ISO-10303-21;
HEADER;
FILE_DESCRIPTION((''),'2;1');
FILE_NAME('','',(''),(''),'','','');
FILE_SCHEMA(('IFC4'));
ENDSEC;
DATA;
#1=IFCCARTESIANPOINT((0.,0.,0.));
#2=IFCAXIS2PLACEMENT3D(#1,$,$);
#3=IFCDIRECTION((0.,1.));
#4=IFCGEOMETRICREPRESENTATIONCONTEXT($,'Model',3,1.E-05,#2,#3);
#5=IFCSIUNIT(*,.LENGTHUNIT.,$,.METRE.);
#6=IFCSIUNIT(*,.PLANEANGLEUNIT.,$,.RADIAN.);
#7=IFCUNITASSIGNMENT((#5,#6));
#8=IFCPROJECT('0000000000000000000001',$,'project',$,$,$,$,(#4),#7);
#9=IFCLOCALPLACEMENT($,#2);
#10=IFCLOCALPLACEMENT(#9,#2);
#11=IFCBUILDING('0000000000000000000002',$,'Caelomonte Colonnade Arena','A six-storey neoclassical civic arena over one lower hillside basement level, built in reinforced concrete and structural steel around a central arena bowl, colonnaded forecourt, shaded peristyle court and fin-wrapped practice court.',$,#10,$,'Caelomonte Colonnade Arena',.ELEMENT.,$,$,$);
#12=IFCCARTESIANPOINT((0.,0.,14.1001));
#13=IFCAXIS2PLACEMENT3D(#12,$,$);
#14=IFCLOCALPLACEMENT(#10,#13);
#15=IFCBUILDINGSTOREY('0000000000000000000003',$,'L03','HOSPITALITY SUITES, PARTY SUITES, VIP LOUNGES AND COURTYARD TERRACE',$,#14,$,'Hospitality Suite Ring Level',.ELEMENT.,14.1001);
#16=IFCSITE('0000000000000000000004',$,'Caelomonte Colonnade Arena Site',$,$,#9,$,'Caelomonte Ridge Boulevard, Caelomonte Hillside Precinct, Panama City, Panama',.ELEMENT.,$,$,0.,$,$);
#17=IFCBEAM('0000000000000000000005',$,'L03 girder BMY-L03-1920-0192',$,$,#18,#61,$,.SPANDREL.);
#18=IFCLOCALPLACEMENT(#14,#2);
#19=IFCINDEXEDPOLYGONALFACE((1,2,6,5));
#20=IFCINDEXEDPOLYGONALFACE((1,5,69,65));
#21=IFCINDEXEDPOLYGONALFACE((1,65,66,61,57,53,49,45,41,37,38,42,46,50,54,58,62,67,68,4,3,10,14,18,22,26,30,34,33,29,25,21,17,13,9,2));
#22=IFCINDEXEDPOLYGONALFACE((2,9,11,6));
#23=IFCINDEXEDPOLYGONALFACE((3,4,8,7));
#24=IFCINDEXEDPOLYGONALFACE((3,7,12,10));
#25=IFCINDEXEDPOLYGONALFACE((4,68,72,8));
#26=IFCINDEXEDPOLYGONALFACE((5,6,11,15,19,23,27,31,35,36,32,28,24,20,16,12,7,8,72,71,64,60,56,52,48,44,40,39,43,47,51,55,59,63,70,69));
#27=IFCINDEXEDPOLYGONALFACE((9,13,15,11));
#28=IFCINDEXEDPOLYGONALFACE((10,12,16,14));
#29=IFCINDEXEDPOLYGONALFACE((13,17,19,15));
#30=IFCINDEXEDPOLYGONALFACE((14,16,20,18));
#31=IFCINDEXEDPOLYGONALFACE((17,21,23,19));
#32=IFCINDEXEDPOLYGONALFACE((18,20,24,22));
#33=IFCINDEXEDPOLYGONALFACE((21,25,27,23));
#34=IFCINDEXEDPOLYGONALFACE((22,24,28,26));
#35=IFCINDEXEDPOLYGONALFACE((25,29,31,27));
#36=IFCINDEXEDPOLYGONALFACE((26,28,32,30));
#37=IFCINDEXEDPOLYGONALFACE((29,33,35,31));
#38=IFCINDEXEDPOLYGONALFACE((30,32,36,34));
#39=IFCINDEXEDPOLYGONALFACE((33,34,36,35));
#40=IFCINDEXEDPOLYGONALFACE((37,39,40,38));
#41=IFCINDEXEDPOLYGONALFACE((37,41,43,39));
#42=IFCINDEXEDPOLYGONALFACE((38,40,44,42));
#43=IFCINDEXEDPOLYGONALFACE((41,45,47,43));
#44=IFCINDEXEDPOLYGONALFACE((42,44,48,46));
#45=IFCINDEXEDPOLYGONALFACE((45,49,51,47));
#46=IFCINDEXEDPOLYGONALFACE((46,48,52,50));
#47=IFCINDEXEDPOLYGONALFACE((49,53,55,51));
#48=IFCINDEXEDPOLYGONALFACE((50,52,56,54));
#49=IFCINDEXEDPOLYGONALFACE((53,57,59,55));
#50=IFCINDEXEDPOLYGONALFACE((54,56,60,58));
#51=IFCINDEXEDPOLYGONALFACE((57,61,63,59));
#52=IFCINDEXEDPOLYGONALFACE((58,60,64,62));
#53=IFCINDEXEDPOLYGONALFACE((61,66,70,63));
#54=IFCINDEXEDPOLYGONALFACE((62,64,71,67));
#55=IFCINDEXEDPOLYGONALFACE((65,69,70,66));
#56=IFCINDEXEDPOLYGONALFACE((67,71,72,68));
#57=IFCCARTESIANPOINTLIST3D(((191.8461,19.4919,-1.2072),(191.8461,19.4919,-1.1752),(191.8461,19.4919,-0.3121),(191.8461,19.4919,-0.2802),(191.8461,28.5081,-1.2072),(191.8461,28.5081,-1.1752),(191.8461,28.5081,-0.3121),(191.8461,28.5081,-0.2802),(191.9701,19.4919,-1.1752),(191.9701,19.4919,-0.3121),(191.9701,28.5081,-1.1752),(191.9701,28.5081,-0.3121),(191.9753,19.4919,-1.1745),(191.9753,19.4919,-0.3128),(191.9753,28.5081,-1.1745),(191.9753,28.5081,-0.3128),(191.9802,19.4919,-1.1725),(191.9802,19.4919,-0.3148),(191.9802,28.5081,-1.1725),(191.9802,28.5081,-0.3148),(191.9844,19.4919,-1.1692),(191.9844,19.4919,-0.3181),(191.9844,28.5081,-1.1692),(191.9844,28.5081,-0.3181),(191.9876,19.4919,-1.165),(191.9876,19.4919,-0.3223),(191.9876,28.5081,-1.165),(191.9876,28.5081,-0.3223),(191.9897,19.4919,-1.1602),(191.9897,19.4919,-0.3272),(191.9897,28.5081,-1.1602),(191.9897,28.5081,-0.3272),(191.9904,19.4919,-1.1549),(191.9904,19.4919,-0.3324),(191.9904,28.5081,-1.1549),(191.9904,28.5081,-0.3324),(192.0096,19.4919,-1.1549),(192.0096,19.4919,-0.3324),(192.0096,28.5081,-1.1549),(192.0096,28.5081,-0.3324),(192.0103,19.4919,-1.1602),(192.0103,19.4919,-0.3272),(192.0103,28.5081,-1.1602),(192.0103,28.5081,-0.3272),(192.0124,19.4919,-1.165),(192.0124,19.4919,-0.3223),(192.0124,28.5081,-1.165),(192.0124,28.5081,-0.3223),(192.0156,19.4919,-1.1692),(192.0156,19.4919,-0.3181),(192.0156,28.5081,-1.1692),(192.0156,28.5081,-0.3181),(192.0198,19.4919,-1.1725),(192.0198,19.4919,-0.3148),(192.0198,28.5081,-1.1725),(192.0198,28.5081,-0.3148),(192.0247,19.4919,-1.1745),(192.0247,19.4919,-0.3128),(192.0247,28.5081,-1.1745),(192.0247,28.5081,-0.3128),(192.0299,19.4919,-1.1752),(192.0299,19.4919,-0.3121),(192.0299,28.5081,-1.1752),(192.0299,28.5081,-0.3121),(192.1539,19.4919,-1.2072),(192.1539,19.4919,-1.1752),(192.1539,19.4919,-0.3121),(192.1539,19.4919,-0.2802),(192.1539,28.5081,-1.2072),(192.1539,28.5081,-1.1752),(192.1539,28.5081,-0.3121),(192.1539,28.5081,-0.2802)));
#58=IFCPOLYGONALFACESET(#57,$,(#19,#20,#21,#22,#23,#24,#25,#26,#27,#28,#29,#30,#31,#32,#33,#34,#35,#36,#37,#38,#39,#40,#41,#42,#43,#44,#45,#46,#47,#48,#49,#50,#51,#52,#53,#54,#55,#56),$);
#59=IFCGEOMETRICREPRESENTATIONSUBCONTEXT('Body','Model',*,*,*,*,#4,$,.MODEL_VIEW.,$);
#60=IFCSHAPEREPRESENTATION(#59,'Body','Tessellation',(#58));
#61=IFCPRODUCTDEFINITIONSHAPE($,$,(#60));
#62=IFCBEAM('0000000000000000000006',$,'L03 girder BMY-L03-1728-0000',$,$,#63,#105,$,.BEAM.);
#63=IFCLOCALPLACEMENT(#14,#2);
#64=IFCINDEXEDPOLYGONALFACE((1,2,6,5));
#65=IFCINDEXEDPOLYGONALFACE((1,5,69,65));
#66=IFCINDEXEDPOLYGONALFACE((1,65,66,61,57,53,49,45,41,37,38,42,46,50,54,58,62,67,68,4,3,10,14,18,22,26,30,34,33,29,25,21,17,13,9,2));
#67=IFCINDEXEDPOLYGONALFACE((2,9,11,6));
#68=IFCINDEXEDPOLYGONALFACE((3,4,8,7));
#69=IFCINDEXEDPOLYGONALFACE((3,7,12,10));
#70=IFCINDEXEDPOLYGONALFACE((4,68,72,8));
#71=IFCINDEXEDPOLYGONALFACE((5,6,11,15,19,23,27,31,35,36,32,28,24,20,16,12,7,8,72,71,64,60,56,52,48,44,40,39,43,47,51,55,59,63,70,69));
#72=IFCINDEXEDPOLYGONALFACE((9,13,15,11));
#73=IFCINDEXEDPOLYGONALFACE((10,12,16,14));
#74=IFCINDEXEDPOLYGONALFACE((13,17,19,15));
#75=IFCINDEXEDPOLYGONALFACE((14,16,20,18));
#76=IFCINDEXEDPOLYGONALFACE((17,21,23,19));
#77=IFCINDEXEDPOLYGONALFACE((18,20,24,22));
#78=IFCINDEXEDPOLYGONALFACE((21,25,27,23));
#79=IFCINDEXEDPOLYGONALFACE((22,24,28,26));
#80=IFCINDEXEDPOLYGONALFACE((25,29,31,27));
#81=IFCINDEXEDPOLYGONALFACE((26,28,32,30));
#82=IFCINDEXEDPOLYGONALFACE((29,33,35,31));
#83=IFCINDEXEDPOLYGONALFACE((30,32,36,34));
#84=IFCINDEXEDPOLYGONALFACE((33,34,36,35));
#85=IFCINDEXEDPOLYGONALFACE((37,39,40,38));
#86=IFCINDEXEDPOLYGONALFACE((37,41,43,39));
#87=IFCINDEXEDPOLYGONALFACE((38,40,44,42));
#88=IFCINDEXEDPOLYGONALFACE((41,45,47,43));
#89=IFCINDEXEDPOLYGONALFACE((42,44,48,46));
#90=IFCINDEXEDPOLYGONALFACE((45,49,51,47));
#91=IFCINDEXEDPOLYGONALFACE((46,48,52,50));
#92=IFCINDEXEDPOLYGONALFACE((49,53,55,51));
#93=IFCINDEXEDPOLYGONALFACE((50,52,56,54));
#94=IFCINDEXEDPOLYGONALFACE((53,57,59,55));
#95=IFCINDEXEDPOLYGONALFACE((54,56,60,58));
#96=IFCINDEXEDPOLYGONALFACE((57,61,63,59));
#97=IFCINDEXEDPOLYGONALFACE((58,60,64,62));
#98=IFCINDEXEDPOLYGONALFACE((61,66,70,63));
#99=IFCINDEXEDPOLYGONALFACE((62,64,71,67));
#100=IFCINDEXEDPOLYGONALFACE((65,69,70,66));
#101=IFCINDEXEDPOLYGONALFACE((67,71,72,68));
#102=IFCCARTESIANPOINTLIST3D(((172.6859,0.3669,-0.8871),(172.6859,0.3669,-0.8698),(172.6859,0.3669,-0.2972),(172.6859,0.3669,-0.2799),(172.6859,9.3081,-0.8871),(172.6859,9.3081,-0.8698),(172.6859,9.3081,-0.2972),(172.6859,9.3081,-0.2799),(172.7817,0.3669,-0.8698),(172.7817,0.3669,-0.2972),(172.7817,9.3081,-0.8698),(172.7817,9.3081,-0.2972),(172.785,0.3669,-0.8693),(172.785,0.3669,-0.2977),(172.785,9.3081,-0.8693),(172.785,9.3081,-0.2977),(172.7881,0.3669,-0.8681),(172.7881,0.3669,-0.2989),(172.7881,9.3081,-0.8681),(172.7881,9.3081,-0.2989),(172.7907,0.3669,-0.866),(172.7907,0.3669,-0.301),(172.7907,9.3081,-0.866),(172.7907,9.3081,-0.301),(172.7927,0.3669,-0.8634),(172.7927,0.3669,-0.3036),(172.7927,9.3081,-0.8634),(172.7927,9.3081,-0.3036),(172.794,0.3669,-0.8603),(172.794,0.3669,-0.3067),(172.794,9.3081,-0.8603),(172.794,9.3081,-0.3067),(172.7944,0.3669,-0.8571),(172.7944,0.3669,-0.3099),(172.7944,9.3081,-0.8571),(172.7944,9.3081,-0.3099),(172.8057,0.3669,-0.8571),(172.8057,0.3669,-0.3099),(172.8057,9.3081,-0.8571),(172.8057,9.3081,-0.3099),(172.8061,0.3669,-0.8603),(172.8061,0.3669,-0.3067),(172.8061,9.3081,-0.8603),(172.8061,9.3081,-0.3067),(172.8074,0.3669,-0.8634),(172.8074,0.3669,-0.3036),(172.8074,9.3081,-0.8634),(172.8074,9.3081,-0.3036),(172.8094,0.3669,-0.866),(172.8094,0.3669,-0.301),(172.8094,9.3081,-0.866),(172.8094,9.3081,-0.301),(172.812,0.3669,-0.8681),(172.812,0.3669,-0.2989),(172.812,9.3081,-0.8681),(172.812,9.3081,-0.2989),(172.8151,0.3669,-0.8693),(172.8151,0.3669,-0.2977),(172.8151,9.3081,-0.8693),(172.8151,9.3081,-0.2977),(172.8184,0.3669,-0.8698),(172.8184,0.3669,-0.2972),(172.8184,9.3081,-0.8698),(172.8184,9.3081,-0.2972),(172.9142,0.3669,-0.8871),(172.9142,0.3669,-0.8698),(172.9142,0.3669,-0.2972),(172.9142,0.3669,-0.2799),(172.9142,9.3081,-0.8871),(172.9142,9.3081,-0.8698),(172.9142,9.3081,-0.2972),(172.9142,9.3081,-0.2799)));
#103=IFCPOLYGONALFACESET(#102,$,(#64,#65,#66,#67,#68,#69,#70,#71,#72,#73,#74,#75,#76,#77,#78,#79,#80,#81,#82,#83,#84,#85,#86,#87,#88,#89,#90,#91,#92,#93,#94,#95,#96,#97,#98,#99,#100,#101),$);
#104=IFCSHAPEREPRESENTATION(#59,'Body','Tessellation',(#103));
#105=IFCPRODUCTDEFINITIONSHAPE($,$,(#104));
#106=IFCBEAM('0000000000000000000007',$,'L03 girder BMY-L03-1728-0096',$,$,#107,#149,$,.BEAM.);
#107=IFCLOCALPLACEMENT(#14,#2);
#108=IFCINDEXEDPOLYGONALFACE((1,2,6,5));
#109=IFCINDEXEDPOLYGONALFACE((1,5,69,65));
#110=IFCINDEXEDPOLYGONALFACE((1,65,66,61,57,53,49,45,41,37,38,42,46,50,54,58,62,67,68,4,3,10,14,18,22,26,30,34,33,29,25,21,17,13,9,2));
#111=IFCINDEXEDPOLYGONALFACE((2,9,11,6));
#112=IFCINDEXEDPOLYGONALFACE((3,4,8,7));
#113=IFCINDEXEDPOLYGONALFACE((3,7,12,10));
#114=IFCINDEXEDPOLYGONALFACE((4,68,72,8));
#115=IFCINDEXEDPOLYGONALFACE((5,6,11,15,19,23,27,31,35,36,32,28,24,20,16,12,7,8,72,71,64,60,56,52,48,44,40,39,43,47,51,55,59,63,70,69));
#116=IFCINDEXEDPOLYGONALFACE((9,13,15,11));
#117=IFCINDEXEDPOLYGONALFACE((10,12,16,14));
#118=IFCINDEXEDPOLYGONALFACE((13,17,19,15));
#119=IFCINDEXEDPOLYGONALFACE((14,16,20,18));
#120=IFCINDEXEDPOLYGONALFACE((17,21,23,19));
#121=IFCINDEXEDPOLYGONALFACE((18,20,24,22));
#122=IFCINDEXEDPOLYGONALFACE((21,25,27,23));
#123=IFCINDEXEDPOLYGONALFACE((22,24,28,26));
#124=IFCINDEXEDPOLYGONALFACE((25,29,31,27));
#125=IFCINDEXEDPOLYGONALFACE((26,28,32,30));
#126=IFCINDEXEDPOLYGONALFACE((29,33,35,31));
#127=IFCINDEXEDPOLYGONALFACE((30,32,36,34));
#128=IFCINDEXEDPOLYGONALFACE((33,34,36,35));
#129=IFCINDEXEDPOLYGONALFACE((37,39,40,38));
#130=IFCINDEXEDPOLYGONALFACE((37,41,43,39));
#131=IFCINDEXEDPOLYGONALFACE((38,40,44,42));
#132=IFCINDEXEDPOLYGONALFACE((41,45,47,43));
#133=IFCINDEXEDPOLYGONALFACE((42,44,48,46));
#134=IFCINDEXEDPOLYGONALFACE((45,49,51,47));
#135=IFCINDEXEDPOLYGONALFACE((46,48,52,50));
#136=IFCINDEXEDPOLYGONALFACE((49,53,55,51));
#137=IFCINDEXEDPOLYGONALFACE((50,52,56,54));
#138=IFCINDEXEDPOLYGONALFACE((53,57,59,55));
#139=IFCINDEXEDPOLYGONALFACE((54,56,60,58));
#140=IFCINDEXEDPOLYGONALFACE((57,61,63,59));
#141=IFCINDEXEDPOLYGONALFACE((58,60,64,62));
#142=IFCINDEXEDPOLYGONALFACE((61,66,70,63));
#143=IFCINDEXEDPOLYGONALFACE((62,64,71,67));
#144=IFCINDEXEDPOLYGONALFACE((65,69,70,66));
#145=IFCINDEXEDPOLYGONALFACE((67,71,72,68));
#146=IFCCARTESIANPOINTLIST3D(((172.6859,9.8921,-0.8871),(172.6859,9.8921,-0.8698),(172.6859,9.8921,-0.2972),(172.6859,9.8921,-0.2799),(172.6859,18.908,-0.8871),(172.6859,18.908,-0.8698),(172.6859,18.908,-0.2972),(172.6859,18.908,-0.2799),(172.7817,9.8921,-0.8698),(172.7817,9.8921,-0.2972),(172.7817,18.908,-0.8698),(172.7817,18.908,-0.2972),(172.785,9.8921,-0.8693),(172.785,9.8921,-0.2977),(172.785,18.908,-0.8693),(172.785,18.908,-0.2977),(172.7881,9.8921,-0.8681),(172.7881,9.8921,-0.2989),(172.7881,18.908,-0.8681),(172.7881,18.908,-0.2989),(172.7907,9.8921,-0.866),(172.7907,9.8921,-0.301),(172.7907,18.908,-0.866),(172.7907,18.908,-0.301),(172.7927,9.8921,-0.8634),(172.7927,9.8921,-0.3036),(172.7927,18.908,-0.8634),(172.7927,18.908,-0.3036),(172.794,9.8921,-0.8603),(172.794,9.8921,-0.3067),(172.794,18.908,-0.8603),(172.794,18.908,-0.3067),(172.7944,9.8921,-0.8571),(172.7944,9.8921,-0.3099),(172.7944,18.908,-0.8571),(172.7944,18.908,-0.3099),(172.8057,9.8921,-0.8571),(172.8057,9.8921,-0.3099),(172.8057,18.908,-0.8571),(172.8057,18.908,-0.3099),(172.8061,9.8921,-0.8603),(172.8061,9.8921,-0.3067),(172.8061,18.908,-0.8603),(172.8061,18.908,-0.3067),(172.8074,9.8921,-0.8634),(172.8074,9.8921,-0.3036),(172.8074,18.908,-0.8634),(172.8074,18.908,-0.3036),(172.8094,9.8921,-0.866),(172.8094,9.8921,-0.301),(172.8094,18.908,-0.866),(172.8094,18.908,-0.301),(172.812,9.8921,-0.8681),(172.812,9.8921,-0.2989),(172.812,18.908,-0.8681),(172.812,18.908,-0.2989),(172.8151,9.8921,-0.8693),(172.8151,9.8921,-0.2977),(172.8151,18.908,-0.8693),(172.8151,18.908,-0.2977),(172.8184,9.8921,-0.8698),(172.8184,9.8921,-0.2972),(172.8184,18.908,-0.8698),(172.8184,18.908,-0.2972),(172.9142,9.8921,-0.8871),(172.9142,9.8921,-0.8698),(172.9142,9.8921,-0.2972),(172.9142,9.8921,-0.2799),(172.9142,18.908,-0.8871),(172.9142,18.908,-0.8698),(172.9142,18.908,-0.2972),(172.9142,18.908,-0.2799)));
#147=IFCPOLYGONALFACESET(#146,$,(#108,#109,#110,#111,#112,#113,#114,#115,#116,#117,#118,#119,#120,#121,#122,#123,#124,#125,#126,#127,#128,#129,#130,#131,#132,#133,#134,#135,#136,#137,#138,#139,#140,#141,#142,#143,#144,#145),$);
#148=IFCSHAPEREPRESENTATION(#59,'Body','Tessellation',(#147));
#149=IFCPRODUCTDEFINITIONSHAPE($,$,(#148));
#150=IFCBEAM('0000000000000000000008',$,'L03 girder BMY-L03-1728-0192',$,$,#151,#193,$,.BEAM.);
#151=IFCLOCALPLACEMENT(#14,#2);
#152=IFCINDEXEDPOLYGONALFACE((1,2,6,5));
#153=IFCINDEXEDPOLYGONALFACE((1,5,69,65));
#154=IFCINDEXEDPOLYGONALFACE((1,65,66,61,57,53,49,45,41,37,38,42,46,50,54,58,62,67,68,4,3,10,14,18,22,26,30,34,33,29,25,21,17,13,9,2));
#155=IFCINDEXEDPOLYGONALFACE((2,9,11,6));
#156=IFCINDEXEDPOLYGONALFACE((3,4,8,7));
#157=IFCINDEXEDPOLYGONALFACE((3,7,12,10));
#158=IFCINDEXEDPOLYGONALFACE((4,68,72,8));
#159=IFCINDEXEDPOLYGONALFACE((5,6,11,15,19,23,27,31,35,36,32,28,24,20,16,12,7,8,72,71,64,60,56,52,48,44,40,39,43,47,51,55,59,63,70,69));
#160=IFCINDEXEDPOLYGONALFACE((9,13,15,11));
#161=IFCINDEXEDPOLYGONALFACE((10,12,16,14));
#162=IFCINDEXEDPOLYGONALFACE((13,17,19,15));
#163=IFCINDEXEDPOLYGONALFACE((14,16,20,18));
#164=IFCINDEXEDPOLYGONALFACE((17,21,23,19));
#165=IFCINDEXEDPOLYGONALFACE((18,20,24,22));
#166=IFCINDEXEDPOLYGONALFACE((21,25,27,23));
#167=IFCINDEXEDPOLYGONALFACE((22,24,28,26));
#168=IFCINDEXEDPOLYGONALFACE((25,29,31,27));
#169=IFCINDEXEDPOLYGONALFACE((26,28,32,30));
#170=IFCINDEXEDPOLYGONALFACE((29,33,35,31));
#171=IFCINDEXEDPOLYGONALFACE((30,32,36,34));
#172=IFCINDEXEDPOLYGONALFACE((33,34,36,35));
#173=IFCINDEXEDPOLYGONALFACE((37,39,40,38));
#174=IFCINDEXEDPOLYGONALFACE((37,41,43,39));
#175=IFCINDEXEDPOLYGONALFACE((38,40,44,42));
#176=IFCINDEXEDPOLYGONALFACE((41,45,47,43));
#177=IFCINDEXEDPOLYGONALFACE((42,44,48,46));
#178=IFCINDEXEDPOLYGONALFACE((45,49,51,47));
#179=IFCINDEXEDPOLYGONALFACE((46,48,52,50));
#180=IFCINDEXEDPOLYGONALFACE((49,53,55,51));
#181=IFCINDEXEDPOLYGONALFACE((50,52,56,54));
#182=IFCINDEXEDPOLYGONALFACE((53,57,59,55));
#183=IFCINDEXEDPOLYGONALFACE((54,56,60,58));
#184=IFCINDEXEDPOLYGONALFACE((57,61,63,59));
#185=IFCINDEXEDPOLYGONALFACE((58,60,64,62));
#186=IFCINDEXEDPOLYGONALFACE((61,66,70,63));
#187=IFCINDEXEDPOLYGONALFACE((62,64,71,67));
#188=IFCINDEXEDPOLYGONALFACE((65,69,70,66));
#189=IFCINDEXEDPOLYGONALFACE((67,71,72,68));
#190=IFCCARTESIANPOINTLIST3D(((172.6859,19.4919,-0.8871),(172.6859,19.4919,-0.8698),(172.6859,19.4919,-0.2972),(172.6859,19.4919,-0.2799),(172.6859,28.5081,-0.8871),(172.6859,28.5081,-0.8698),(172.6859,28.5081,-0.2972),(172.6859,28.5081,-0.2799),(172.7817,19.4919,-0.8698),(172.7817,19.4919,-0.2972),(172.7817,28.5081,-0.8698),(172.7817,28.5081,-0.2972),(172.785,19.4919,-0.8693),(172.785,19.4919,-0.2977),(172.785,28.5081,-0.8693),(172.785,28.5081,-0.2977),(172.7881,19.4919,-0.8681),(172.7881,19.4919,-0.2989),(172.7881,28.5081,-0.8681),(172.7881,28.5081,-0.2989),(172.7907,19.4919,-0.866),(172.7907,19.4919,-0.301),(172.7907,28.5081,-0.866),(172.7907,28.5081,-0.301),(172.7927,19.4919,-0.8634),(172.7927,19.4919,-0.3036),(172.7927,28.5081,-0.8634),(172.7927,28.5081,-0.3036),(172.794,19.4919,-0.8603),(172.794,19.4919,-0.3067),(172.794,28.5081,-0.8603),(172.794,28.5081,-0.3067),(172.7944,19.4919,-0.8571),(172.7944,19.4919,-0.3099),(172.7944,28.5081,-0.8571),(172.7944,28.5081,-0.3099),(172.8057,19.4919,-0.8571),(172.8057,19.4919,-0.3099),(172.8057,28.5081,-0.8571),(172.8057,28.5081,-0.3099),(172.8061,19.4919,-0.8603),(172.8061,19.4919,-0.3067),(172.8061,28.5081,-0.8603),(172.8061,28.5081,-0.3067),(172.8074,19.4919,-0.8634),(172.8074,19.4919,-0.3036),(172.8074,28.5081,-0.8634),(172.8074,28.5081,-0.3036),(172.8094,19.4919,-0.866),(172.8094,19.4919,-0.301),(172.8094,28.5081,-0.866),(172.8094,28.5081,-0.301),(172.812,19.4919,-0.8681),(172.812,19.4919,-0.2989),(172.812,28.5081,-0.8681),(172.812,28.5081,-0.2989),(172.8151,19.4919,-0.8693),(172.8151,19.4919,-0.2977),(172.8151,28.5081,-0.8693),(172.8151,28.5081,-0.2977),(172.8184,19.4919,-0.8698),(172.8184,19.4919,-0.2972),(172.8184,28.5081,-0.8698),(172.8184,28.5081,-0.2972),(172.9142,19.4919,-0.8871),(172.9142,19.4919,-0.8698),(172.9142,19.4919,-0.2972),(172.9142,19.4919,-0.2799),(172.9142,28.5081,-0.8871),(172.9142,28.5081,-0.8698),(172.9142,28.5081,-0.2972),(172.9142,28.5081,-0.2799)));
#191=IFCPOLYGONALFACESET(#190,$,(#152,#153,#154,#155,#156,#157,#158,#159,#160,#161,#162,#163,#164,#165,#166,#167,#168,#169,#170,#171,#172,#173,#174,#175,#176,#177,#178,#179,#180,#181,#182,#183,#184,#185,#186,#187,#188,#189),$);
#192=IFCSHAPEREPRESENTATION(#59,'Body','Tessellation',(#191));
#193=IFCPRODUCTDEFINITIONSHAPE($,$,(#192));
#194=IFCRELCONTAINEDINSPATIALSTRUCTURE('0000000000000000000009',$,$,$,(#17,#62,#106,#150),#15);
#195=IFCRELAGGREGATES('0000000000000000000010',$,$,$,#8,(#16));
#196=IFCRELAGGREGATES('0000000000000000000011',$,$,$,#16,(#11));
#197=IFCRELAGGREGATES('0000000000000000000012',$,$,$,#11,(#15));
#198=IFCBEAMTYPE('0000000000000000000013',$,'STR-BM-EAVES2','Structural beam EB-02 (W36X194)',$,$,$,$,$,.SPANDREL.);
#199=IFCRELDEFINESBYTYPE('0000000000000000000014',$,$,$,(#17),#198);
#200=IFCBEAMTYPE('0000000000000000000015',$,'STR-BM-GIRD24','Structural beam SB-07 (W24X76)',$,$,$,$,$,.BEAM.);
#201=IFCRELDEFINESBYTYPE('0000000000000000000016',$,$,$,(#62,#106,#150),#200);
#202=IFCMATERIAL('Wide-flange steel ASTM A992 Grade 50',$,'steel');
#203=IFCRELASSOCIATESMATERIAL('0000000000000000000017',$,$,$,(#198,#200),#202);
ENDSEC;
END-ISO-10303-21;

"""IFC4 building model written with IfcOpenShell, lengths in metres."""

from ifc_helpers import new_model, si_unit, direction, frame, origin, origin_2d, place, context, subcontext, project, spatial, i_section, extrude, material, material_profile, profile_set, type_object, element, save


model = new_model("IFC4")

# Units and contexts
model_context = context("Model", 3, precision=1e-05, world=origin(), true_north=direction((0.0, 1.0)))
body_context = subcontext(model_context, "Body", "Model", "MODEL_VIEW")
ifc_project = project(units=[si_unit("LENGTHUNIT", "METRE"), si_unit("PLANEANGLEUNIT", "RADIAN")], contexts=[model_context])

# Site, building, storey
site_placement = place(None, origin())
site = spatial("IfcSite", under=ifc_project, at=site_placement, Name="Caelomonte Colonnade Arena Site", LongName="Caelomonte Ridge Boulevard, Caelomonte Hillside Precinct, Panama City, Panama", CompositionType="ELEMENT", RefElevation=0.0)
building_placement = place(site_placement, origin())
building = spatial("IfcBuilding", under=site, at=building_placement, Name="Caelomonte Colonnade Arena", Description="A six-storey neoclassical civic arena over one lower hillside basement level, built in reinforced concrete and structural steel around a central arena bowl, colonnaded forecourt, shaded peristyle court and fin-wrapped practice court.", LongName="Caelomonte Colonnade Arena", CompositionType="ELEMENT")
storey_placement = place(building_placement, frame((0.0, 0.0, 14.1001)))
storey = spatial("IfcBuildingStorey", under=building, at=storey_placement, Name="L03", Description="HOSPITALITY SUITES, PARTY SUITES, VIP LOUNGES AND COURTYARD TERRACE", LongName="Hospitality Suite Ring Level", CompositionType="ELEMENT", Elevation=14.1001)

# Beams
ifc_material_1 = material(Name="Wide-flange steel ASTM A992 Grade 50", Category="steel")
ifc_material_profile_1 = material_profile(ifc_material_1, i_section(OverallWidth=0.3079, OverallDepth=0.927, WebThickness=0.0193, FlangeThickness=0.032, FilletRadius=0.0203, at=origin_2d()), Name="W36X194")
ifc_profile_set_1 = profile_set([ifc_material_profile_1], Name="Wide-flange steel ASTM A992 Grade 50")
beam_type_1 = type_object("IfcBeamType", Name="STR-BM-EAVES2", Description="Structural beam EB-02 (W36X194)", PredefinedType="SPANDREL", material=ifc_profile_set_1)
beam_1_placement = place(storey_placement, frame((192.0, 19.4919, -0.7437), z_axis=(0.0, 1.0, 0.0), x_axis=(-1.0, 0.0, 0.0)))
element("IfcBeam", 1, at=beam_1_placement, inside=storey, type_object=beam_type_1, Name="L03 girder BMY-L03-1920-0192", PredefinedType="SPANDREL", context=body_context, shape_type="SweptSolid", body=[
    extrude(i_section(OverallWidth=0.3079, OverallDepth=0.927, WebThickness=0.0193, FlangeThickness=0.032, FilletRadius=0.0203, at=origin_2d()), origin(), (0.0, 0.0, 1.0), 9.0161),
])
ifc_material_profile_2 = material_profile(ifc_material_1, i_section(OverallWidth=0.2283, OverallDepth=0.6072, WebThickness=0.0112, FlangeThickness=0.0173, FilletRadius=0.0127, at=origin_2d()), Name="W24X76")
ifc_profile_set_2 = profile_set([ifc_material_profile_2], Name="Wide-flange steel ASTM A992 Grade 50")
beam_type_2 = type_object("IfcBeamType", Name="STR-BM-GIRD24", Description="Structural beam SB-07 (W24X76)", PredefinedType="BEAM", material=ifc_profile_set_2)
beam_2_placement = place(storey_placement, frame((172.8, 0.3669, -0.5835), z_axis=(0.0, 1.0, 0.0), x_axis=(-1.0, 0.0, 0.0)))
element("IfcBeam", 2, at=beam_2_placement, inside=storey, type_object=beam_type_2, Name="L03 girder BMY-L03-1728-0000", PredefinedType="BEAM", context=body_context, shape_type="SweptSolid", body=[
    extrude(i_section(OverallWidth=0.2283, OverallDepth=0.6072, WebThickness=0.0112, FlangeThickness=0.0173, FilletRadius=0.0127, at=origin_2d()), origin(), (0.0, 0.0, 1.0), 8.9412),
])
beam_3_placement = place(storey_placement, frame((172.8, 9.8921, -0.5835), z_axis=(0.0, 1.0, 0.0), x_axis=(-1.0, 0.0, 0.0)))
element("IfcBeam", 3, at=beam_3_placement, inside=storey, type_object=beam_type_2, Name="L03 girder BMY-L03-1728-0096", PredefinedType="BEAM", context=body_context, shape_type="SweptSolid", body=[
    extrude(i_section(OverallWidth=0.2283, OverallDepth=0.6072, WebThickness=0.0112, FlangeThickness=0.0173, FilletRadius=0.0127, at=origin_2d()), origin(), (0.0, 0.0, 1.0), 9.0159),
])
beam_4_placement = place(storey_placement, frame((172.8, 19.4919, -0.5835), z_axis=(0.0, 1.0, 0.0), x_axis=(-1.0, 0.0, 0.0)))
element("IfcBeam", 4, at=beam_4_placement, inside=storey, type_object=beam_type_2, Name="L03 girder BMY-L03-1728-0192", PredefinedType="BEAM", context=body_context, shape_type="SweptSolid", body=[
    extrude(i_section(OverallWidth=0.2283, OverallDepth=0.6072, WebThickness=0.0112, FlangeThickness=0.0173, FilletRadius=0.0127, at=origin_2d()), origin(), (0.0, 0.0, 1.0), 9.0161),
])

save(model, "model.ifc")
